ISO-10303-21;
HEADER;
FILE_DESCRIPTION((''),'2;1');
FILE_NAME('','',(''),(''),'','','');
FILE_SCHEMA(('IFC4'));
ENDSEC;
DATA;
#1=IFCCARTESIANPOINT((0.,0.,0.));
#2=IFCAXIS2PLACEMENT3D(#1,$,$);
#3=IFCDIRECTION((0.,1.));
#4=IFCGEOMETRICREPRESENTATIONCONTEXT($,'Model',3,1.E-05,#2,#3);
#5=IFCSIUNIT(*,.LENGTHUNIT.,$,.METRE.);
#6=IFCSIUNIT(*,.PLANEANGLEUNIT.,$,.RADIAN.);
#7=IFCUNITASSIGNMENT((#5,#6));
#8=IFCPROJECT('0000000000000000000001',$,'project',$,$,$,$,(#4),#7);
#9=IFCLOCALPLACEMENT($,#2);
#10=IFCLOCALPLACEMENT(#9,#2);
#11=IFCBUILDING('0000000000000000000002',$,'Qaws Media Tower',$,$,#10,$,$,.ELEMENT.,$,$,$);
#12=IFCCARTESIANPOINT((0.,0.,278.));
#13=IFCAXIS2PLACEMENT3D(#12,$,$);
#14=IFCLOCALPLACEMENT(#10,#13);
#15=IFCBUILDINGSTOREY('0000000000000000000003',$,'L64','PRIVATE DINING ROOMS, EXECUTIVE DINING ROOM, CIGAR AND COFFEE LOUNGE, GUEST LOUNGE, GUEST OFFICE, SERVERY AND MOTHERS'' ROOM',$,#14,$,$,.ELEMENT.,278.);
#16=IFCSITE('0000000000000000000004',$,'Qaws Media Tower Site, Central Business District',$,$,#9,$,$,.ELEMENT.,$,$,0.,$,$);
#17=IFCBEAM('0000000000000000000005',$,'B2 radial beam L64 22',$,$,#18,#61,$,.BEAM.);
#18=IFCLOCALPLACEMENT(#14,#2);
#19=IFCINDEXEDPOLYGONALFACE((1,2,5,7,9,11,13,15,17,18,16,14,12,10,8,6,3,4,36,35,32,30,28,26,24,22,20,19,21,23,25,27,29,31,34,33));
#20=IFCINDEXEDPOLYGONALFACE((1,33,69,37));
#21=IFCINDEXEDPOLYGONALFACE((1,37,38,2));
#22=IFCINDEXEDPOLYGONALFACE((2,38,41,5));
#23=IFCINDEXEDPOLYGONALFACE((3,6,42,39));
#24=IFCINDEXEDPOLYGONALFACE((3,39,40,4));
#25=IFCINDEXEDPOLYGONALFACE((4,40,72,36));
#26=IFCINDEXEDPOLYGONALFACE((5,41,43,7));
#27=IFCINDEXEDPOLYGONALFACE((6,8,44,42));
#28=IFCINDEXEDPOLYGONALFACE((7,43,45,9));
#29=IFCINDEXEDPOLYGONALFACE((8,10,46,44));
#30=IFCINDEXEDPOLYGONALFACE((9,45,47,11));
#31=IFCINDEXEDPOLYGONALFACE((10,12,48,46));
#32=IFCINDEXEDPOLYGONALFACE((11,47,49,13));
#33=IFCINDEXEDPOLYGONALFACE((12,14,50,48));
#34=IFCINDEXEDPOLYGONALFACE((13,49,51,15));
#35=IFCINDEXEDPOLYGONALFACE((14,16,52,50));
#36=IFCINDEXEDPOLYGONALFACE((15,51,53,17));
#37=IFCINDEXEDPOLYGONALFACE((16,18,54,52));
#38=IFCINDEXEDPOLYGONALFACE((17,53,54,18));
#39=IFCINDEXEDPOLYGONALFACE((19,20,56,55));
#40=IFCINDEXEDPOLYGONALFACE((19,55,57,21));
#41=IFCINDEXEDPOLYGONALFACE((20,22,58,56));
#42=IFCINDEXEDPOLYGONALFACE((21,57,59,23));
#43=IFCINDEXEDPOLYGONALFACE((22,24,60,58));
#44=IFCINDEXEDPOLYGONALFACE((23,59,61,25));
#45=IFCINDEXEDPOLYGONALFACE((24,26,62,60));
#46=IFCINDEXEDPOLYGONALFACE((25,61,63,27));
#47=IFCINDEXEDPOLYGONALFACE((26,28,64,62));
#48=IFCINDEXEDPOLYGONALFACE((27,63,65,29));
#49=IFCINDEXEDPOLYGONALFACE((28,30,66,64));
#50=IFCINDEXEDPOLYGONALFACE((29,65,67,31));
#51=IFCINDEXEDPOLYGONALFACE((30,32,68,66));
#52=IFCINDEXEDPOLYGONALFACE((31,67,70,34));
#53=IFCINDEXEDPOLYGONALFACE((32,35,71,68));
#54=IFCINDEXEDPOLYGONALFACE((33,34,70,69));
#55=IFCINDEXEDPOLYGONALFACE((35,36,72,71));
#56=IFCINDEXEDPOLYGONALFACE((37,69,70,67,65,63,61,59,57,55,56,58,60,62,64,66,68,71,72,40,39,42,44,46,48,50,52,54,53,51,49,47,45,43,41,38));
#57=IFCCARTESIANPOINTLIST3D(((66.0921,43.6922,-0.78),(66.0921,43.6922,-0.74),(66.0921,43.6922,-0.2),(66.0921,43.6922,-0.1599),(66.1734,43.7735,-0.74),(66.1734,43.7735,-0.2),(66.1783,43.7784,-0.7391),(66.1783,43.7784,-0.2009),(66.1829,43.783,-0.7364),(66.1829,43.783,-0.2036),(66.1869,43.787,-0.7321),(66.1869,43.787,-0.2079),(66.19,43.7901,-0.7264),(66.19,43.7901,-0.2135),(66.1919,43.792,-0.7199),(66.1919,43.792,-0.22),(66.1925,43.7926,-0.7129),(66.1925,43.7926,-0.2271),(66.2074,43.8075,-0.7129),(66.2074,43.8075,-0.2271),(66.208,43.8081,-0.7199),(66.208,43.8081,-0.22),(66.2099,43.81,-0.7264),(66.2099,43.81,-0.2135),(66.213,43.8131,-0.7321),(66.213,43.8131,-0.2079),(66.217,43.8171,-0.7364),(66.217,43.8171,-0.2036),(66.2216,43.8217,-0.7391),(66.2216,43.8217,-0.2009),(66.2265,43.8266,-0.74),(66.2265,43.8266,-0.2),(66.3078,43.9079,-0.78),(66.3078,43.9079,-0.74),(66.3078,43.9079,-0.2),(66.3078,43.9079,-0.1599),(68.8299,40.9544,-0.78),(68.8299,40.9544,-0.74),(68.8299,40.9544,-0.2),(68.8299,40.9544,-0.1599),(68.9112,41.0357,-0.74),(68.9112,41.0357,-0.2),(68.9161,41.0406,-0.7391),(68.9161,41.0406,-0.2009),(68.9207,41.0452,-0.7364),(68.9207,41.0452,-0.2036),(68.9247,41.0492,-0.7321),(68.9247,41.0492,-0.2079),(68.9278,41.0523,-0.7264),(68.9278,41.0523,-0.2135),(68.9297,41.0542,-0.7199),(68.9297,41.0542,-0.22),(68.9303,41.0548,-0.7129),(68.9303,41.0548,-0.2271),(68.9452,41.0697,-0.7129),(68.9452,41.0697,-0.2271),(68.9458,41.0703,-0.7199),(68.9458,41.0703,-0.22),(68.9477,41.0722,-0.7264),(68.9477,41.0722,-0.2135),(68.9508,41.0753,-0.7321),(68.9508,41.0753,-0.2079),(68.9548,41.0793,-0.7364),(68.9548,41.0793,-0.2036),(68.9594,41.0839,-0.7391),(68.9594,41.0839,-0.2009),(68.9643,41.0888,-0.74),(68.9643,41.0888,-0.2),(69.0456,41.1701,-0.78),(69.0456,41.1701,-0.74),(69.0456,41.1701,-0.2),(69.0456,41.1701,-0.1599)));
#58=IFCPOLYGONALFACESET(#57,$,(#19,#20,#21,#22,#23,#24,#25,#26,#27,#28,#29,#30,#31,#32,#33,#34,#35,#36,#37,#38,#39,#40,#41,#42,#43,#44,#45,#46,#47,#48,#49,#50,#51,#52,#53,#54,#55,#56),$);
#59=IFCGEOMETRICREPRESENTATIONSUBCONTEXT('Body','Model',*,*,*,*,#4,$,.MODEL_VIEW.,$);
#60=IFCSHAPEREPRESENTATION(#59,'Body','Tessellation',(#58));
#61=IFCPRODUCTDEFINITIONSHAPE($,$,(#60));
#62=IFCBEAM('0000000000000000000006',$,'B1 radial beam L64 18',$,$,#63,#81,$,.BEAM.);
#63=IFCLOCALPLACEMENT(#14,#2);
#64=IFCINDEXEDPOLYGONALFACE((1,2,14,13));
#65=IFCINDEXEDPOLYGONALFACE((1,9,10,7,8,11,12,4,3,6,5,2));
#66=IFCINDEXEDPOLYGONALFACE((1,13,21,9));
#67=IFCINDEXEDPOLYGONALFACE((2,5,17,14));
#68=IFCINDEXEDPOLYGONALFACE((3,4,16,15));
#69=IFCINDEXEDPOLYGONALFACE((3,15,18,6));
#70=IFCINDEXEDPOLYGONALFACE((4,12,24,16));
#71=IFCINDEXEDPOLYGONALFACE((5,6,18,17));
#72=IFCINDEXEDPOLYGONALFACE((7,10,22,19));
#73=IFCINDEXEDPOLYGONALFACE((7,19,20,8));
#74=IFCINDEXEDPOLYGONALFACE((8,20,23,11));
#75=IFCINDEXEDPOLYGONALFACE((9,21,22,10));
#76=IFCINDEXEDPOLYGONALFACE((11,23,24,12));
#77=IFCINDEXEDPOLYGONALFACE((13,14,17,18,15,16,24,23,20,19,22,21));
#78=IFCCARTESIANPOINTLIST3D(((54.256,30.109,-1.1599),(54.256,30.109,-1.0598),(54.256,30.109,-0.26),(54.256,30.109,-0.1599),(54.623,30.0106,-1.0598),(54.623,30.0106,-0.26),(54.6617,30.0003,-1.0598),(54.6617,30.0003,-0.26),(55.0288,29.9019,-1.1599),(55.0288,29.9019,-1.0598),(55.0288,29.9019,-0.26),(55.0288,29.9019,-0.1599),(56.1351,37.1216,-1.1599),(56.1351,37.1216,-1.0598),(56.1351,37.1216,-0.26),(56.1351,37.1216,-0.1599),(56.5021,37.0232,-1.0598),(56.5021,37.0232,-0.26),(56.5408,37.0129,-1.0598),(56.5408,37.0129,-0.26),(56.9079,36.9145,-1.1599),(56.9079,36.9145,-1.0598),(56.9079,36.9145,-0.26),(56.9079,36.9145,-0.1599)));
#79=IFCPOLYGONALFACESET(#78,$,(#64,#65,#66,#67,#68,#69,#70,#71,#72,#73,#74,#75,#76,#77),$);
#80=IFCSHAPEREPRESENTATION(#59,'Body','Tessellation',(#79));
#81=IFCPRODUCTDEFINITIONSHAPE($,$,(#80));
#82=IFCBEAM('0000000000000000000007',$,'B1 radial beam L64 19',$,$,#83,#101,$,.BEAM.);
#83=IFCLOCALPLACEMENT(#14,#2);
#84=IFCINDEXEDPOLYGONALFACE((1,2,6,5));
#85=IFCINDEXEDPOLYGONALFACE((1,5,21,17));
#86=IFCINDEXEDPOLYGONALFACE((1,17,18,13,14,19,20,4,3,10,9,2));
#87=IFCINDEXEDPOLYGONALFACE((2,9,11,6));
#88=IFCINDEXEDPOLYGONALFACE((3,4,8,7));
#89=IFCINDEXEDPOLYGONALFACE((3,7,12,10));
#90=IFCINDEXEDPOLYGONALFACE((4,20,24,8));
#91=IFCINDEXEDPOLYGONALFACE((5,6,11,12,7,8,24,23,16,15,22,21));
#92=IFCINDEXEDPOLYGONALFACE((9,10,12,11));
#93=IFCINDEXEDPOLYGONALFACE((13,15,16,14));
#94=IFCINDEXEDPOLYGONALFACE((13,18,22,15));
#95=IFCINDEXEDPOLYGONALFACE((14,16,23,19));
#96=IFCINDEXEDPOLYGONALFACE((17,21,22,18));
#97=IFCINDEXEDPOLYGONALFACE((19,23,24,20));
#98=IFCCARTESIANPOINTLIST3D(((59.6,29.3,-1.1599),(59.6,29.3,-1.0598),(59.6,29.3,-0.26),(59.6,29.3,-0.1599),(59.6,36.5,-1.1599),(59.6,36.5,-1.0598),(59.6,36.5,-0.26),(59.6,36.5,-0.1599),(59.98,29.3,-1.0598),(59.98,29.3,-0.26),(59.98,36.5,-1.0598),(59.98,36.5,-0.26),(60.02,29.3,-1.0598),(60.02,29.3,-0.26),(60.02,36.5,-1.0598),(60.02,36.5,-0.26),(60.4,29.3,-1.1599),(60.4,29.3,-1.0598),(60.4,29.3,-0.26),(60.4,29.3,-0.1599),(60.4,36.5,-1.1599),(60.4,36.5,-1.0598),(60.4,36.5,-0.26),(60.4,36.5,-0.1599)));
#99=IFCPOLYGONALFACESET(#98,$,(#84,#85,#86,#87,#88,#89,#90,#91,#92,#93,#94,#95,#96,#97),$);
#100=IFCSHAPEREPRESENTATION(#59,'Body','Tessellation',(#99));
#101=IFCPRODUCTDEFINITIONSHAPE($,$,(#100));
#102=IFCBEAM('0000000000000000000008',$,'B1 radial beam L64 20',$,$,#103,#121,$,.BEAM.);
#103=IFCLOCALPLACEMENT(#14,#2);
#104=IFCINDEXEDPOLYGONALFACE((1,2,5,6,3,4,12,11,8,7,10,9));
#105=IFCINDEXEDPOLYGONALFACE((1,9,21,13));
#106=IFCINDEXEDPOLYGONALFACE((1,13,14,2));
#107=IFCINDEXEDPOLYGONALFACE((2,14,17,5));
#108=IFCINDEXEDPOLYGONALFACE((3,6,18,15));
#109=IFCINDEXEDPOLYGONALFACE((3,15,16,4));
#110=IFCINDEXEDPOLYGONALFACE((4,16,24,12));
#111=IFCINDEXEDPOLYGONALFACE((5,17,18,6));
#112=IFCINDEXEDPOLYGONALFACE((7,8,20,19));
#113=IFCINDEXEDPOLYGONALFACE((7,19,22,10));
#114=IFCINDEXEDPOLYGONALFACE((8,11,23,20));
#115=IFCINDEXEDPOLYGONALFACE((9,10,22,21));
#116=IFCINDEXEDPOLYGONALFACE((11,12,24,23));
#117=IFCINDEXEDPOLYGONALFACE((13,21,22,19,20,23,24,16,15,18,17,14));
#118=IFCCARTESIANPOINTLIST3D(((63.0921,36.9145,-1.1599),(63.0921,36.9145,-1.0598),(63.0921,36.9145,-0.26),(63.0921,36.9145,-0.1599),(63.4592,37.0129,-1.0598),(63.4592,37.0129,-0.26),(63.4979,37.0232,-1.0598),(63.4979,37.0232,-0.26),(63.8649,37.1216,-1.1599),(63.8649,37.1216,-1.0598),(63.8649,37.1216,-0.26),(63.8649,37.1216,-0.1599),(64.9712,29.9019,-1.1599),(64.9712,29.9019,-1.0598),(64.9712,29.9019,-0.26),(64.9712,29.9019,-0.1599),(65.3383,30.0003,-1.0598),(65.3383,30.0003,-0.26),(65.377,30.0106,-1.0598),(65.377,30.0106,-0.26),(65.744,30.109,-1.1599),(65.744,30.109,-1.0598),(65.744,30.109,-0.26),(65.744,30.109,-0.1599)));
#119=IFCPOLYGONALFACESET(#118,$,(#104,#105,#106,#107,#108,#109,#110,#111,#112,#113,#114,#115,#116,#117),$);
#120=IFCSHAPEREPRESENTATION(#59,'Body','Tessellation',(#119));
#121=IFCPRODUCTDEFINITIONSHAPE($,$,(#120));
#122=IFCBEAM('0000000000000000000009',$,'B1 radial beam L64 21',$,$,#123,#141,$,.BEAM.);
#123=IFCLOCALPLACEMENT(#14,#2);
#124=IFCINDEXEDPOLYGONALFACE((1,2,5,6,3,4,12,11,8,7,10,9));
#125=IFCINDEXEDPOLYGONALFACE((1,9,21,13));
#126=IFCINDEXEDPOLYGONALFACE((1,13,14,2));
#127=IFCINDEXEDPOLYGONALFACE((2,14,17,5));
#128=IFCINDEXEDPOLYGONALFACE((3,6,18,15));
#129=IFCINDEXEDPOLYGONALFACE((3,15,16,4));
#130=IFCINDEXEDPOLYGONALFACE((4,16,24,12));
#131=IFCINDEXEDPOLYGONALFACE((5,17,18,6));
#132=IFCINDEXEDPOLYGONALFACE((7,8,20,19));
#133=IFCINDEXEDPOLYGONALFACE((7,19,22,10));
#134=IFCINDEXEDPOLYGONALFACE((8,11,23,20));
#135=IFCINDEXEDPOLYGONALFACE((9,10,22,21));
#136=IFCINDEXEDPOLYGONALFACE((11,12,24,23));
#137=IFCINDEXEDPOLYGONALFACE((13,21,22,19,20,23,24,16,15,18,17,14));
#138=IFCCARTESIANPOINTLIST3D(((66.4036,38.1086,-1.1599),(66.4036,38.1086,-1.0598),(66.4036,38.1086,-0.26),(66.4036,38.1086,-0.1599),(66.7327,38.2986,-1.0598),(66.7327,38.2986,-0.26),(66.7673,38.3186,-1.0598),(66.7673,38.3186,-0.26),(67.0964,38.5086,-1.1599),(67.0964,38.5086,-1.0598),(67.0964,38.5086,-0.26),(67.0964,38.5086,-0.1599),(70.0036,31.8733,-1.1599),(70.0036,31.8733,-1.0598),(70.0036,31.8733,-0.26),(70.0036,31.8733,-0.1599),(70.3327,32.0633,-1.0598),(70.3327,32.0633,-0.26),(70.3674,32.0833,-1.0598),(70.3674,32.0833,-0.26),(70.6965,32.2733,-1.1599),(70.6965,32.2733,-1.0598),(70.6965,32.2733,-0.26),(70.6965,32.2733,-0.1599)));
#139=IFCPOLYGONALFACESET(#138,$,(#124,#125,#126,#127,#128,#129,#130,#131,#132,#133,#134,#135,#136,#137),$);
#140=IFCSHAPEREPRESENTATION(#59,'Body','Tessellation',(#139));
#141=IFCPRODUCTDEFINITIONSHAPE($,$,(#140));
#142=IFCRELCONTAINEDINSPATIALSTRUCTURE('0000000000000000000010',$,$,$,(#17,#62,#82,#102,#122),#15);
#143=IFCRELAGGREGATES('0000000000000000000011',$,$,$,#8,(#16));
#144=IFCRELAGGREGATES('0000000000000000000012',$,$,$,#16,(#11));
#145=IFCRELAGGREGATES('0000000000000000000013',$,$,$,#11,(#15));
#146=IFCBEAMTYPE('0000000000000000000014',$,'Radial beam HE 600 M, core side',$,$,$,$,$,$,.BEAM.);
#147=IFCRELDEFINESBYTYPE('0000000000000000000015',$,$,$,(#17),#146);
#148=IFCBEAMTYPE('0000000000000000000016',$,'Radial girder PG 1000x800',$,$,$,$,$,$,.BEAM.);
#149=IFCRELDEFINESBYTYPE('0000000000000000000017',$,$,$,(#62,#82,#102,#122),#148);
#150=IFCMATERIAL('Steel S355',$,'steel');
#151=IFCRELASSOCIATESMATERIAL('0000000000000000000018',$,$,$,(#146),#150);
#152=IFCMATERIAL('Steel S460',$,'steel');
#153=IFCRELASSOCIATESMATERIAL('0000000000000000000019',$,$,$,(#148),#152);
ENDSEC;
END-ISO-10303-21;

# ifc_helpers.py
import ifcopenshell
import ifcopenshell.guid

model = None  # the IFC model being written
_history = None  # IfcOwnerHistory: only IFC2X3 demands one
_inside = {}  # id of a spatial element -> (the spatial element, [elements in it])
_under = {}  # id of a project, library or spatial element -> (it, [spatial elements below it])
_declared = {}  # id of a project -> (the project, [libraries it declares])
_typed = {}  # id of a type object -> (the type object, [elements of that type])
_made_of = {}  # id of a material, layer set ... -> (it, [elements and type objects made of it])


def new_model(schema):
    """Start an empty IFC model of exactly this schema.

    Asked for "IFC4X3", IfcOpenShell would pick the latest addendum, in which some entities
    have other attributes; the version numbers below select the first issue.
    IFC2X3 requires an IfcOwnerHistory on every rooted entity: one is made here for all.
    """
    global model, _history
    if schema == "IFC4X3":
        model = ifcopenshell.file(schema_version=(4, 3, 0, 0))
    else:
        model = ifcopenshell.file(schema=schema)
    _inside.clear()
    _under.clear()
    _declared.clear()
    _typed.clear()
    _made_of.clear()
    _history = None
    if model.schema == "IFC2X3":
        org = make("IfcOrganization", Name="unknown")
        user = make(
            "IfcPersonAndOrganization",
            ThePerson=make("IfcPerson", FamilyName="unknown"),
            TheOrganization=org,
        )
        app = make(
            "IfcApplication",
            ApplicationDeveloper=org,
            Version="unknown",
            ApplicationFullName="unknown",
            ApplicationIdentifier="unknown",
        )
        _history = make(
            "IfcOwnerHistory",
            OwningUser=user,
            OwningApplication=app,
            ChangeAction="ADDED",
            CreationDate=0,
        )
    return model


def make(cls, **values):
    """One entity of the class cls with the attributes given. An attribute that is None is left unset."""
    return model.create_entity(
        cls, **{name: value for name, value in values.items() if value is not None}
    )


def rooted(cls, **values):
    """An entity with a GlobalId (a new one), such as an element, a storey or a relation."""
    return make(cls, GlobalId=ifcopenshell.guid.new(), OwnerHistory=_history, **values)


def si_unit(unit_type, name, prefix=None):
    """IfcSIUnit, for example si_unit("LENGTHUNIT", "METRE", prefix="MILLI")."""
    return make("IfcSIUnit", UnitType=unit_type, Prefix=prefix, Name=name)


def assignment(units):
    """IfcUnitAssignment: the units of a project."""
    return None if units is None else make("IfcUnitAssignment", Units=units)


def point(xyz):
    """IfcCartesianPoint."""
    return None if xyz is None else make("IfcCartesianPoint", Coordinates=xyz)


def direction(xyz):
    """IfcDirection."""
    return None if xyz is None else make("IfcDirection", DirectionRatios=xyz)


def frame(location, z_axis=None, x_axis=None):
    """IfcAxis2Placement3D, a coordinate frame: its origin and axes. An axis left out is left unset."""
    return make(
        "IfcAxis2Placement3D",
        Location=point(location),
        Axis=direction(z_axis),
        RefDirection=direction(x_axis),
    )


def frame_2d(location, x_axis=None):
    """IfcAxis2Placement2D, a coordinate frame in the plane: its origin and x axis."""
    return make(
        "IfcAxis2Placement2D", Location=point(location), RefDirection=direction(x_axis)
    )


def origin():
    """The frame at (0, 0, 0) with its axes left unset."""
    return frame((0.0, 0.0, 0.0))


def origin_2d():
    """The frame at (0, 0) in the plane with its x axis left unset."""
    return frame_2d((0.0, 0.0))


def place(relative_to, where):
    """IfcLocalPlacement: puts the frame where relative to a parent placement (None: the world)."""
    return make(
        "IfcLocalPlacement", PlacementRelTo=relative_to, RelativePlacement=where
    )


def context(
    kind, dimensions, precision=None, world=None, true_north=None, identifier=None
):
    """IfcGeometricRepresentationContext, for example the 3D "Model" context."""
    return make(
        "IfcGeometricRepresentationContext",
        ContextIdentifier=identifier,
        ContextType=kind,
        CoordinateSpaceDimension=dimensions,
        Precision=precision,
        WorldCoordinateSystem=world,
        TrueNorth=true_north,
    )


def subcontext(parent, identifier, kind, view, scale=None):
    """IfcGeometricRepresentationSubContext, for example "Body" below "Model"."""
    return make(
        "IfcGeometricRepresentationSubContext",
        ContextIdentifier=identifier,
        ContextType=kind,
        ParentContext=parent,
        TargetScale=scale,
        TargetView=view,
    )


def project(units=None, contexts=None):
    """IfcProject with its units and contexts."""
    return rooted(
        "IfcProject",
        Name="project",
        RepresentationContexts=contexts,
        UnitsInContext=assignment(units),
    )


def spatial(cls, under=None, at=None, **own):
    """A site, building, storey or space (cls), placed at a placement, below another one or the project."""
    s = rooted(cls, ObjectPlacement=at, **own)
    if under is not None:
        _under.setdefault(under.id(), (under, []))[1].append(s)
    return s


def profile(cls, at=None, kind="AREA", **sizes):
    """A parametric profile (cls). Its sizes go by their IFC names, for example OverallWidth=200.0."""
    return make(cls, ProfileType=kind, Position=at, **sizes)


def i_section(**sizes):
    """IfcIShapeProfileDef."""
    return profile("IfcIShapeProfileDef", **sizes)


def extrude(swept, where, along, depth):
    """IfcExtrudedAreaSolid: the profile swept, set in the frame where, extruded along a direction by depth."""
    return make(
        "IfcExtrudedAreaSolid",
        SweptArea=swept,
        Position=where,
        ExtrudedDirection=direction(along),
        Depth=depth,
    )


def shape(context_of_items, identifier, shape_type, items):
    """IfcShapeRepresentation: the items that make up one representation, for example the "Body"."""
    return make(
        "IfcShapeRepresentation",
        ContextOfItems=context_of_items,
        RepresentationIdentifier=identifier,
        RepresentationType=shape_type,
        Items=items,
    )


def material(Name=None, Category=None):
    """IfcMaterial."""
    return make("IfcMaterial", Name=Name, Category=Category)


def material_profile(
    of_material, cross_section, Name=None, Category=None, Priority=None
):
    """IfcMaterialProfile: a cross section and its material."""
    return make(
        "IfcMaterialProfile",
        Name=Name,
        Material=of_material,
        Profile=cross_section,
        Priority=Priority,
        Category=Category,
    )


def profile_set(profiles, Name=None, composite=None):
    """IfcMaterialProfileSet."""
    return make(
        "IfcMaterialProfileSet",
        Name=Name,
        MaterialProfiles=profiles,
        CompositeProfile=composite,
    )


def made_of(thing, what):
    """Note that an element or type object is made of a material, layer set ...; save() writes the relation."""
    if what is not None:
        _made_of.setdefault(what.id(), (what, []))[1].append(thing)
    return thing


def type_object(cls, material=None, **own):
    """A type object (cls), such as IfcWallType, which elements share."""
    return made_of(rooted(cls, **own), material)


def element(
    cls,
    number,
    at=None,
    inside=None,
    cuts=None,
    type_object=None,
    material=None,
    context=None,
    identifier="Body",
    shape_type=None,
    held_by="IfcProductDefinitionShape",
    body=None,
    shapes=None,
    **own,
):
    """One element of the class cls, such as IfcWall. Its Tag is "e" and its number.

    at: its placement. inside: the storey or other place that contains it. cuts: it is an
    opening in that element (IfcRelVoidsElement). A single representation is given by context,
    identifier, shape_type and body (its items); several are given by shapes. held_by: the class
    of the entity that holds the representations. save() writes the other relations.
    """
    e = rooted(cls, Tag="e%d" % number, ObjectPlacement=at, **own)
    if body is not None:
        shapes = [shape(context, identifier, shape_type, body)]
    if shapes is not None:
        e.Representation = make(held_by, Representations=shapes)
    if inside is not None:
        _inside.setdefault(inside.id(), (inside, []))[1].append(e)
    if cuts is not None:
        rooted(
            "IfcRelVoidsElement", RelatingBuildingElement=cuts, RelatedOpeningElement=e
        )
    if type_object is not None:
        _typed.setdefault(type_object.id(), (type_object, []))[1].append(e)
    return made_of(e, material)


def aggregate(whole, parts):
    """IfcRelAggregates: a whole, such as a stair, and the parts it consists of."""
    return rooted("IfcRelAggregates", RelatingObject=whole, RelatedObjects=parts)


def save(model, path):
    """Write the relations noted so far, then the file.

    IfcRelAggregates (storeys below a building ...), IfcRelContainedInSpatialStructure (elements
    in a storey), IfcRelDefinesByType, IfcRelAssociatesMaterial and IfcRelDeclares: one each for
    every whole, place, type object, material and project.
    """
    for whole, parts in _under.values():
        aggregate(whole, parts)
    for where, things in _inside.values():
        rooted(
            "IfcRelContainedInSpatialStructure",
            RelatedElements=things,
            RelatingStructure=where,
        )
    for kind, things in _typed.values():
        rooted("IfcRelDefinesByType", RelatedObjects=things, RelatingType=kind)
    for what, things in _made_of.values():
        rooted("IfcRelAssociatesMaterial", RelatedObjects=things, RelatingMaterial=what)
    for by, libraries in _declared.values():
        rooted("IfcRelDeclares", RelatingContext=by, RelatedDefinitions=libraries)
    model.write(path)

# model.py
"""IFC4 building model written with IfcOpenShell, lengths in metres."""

from ifc_helpers import new_model, si_unit, direction, frame, origin, origin_2d, place, context, subcontext, project, spatial, i_section, extrude, material, material_profile, profile_set, type_object, element, save


model = new_model("IFC4")

# Units and contexts
model_context = context("Model", 3, precision=1e-05, world=origin(), true_north=direction((0.0, 1.0)))
body_context = subcontext(model_context, "Body", "Model", "MODEL_VIEW")
ifc_project = project(units=[si_unit("LENGTHUNIT", "METRE"), si_unit("PLANEANGLEUNIT", "RADIAN")], contexts=[model_context])

# Site, building, storey
site_placement = place(None, origin())
site = spatial("IfcSite", under=ifc_project, at=site_placement, Name="Qaws Media Tower Site, Central Business District", CompositionType="ELEMENT", RefElevation=0.0)
building_placement = place(site_placement, origin())
building = spatial("IfcBuilding", under=site, at=building_placement, Name="Qaws Media Tower", CompositionType="ELEMENT")
storey_placement = place(building_placement, frame((0.0, 0.0, 278.0)))
storey = spatial("IfcBuildingStorey", under=building, at=storey_placement, Name="L64", Description="PRIVATE DINING ROOMS, EXECUTIVE DINING ROOM, CIGAR AND COFFEE LOUNGE, GUEST LOUNGE, GUEST OFFICE, SERVERY AND MOTHERS' ROOM", CompositionType="ELEMENT", Elevation=278.0)

# Beams
ifc_material_1 = material(Name="Steel S355", Category="steel")
ifc_material_profile_1 = material_profile(ifc_material_1, i_section(OverallWidth=0.3049, OverallDepth=0.6201, WebThickness=0.021, FlangeThickness=0.04, FilletRadius=0.0271, at=origin_2d()), Name="HE 600 M")
ifc_profile_set_1 = profile_set([ifc_material_profile_1], Name="Steel S355")
beam_type_1 = type_object("IfcBeamType", Name="Radial beam HE 600 M, core side", PredefinedType="BEAM", material=ifc_profile_set_1)
beam_1_placement = place(storey_placement, frame((66.2, 43.8, -0.47), z_axis=(0.707107, -0.707107, 0.0), x_axis=(0.707107, 0.707107, 0.0)))
element("IfcBeam", 1, at=beam_1_placement, inside=storey, type_object=beam_type_1, Name="B2 radial beam L64 22", PredefinedType="BEAM", context=body_context, shape_type="SweptSolid", body=[
    extrude(i_section(OverallWidth=0.3049, OverallDepth=0.6201, WebThickness=0.021, FlangeThickness=0.04, FilletRadius=0.0271, at=origin_2d()), origin(), (0.0, 0.0, 1.0), 3.8718),
])
ifc_material_2 = material(Name="Steel S460", Category="steel")
ifc_material_profile_2 = material_profile(ifc_material_2, i_section(OverallWidth=0.8, OverallDepth=1.0, WebThickness=0.04, FlangeThickness=0.1001, at=origin_2d()), Name="PG 1000x800")
ifc_profile_set_2 = profile_set([ifc_material_profile_2], Name="Steel S460")
beam_type_2 = type_object("IfcBeamType", Name="Radial girder PG 1000x800", PredefinedType="BEAM", material=ifc_profile_set_2)
beam_2_placement = place(storey_placement, frame((56.5215, 37.0181, -0.6599), z_axis=(-0.258832, -0.965922, 0.0), x_axis=(0.965922, -0.258832, 0.0)))
element("IfcBeam", 2, at=beam_2_placement, inside=storey, type_object=beam_type_2, Name="B1 radial beam L64 18", PredefinedType="BEAM", context=body_context, shape_type="SweptSolid", body=[
    extrude(i_section(OverallWidth=0.8, OverallDepth=1.0, WebThickness=0.04, FlangeThickness=0.1001, at=origin_2d()), origin(), (0.0, 0.0, 1.0), 7.26),
])
beam_3_placement = place(storey_placement, frame((60.0, 36.5, -0.6599), z_axis=(0.0, -1.0, 0.0), x_axis=(1.0, 0.0, 0.0)))
element("IfcBeam", 3, at=beam_3_placement, inside=storey, type_object=beam_type_2, Name="B1 radial beam L64 19", PredefinedType="BEAM", context=body_context, shape_type="SweptSolid", body=[
    extrude(i_section(OverallWidth=0.8, OverallDepth=1.0, WebThickness=0.04, FlangeThickness=0.1001, at=origin_2d()), origin(), (0.0, 0.0, 1.0), 7.2),
])
beam_4_placement = place(storey_placement, frame((63.4785, 37.0181, -0.6599), z_axis=(0.258832, -0.965922, 0.0), x_axis=(0.965922, 0.258832, 0.0)))
element("IfcBeam", 4, at=beam_4_placement, inside=storey, type_object=beam_type_2, Name="B1 radial beam L64 20", PredefinedType="BEAM", context=body_context, shape_type="SweptSolid", body=[
    extrude(i_section(OverallWidth=0.8, OverallDepth=1.0, WebThickness=0.04, FlangeThickness=0.1001, at=origin_2d()), origin(), (0.0, 0.0, 1.0), 7.26),
])
beam_5_placement = place(storey_placement, frame((66.75, 38.3086, -0.6599), z_axis=(0.500012, -0.866018, 0.0), x_axis=(0.866018, 0.500012, 0.0)))
element("IfcBeam", 5, at=beam_5_placement, inside=storey, type_object=beam_type_2, Name="B1 radial beam L64 21", PredefinedType="BEAM", context=body_context, shape_type="SweptSolid", body=[
    extrude(i_section(OverallWidth=0.8, OverallDepth=1.0, WebThickness=0.04, FlangeThickness=0.1001, at=origin_2d()), origin(), (0.0, 0.0, 1.0), 7.2),
])

save(model, "model.ifc")
